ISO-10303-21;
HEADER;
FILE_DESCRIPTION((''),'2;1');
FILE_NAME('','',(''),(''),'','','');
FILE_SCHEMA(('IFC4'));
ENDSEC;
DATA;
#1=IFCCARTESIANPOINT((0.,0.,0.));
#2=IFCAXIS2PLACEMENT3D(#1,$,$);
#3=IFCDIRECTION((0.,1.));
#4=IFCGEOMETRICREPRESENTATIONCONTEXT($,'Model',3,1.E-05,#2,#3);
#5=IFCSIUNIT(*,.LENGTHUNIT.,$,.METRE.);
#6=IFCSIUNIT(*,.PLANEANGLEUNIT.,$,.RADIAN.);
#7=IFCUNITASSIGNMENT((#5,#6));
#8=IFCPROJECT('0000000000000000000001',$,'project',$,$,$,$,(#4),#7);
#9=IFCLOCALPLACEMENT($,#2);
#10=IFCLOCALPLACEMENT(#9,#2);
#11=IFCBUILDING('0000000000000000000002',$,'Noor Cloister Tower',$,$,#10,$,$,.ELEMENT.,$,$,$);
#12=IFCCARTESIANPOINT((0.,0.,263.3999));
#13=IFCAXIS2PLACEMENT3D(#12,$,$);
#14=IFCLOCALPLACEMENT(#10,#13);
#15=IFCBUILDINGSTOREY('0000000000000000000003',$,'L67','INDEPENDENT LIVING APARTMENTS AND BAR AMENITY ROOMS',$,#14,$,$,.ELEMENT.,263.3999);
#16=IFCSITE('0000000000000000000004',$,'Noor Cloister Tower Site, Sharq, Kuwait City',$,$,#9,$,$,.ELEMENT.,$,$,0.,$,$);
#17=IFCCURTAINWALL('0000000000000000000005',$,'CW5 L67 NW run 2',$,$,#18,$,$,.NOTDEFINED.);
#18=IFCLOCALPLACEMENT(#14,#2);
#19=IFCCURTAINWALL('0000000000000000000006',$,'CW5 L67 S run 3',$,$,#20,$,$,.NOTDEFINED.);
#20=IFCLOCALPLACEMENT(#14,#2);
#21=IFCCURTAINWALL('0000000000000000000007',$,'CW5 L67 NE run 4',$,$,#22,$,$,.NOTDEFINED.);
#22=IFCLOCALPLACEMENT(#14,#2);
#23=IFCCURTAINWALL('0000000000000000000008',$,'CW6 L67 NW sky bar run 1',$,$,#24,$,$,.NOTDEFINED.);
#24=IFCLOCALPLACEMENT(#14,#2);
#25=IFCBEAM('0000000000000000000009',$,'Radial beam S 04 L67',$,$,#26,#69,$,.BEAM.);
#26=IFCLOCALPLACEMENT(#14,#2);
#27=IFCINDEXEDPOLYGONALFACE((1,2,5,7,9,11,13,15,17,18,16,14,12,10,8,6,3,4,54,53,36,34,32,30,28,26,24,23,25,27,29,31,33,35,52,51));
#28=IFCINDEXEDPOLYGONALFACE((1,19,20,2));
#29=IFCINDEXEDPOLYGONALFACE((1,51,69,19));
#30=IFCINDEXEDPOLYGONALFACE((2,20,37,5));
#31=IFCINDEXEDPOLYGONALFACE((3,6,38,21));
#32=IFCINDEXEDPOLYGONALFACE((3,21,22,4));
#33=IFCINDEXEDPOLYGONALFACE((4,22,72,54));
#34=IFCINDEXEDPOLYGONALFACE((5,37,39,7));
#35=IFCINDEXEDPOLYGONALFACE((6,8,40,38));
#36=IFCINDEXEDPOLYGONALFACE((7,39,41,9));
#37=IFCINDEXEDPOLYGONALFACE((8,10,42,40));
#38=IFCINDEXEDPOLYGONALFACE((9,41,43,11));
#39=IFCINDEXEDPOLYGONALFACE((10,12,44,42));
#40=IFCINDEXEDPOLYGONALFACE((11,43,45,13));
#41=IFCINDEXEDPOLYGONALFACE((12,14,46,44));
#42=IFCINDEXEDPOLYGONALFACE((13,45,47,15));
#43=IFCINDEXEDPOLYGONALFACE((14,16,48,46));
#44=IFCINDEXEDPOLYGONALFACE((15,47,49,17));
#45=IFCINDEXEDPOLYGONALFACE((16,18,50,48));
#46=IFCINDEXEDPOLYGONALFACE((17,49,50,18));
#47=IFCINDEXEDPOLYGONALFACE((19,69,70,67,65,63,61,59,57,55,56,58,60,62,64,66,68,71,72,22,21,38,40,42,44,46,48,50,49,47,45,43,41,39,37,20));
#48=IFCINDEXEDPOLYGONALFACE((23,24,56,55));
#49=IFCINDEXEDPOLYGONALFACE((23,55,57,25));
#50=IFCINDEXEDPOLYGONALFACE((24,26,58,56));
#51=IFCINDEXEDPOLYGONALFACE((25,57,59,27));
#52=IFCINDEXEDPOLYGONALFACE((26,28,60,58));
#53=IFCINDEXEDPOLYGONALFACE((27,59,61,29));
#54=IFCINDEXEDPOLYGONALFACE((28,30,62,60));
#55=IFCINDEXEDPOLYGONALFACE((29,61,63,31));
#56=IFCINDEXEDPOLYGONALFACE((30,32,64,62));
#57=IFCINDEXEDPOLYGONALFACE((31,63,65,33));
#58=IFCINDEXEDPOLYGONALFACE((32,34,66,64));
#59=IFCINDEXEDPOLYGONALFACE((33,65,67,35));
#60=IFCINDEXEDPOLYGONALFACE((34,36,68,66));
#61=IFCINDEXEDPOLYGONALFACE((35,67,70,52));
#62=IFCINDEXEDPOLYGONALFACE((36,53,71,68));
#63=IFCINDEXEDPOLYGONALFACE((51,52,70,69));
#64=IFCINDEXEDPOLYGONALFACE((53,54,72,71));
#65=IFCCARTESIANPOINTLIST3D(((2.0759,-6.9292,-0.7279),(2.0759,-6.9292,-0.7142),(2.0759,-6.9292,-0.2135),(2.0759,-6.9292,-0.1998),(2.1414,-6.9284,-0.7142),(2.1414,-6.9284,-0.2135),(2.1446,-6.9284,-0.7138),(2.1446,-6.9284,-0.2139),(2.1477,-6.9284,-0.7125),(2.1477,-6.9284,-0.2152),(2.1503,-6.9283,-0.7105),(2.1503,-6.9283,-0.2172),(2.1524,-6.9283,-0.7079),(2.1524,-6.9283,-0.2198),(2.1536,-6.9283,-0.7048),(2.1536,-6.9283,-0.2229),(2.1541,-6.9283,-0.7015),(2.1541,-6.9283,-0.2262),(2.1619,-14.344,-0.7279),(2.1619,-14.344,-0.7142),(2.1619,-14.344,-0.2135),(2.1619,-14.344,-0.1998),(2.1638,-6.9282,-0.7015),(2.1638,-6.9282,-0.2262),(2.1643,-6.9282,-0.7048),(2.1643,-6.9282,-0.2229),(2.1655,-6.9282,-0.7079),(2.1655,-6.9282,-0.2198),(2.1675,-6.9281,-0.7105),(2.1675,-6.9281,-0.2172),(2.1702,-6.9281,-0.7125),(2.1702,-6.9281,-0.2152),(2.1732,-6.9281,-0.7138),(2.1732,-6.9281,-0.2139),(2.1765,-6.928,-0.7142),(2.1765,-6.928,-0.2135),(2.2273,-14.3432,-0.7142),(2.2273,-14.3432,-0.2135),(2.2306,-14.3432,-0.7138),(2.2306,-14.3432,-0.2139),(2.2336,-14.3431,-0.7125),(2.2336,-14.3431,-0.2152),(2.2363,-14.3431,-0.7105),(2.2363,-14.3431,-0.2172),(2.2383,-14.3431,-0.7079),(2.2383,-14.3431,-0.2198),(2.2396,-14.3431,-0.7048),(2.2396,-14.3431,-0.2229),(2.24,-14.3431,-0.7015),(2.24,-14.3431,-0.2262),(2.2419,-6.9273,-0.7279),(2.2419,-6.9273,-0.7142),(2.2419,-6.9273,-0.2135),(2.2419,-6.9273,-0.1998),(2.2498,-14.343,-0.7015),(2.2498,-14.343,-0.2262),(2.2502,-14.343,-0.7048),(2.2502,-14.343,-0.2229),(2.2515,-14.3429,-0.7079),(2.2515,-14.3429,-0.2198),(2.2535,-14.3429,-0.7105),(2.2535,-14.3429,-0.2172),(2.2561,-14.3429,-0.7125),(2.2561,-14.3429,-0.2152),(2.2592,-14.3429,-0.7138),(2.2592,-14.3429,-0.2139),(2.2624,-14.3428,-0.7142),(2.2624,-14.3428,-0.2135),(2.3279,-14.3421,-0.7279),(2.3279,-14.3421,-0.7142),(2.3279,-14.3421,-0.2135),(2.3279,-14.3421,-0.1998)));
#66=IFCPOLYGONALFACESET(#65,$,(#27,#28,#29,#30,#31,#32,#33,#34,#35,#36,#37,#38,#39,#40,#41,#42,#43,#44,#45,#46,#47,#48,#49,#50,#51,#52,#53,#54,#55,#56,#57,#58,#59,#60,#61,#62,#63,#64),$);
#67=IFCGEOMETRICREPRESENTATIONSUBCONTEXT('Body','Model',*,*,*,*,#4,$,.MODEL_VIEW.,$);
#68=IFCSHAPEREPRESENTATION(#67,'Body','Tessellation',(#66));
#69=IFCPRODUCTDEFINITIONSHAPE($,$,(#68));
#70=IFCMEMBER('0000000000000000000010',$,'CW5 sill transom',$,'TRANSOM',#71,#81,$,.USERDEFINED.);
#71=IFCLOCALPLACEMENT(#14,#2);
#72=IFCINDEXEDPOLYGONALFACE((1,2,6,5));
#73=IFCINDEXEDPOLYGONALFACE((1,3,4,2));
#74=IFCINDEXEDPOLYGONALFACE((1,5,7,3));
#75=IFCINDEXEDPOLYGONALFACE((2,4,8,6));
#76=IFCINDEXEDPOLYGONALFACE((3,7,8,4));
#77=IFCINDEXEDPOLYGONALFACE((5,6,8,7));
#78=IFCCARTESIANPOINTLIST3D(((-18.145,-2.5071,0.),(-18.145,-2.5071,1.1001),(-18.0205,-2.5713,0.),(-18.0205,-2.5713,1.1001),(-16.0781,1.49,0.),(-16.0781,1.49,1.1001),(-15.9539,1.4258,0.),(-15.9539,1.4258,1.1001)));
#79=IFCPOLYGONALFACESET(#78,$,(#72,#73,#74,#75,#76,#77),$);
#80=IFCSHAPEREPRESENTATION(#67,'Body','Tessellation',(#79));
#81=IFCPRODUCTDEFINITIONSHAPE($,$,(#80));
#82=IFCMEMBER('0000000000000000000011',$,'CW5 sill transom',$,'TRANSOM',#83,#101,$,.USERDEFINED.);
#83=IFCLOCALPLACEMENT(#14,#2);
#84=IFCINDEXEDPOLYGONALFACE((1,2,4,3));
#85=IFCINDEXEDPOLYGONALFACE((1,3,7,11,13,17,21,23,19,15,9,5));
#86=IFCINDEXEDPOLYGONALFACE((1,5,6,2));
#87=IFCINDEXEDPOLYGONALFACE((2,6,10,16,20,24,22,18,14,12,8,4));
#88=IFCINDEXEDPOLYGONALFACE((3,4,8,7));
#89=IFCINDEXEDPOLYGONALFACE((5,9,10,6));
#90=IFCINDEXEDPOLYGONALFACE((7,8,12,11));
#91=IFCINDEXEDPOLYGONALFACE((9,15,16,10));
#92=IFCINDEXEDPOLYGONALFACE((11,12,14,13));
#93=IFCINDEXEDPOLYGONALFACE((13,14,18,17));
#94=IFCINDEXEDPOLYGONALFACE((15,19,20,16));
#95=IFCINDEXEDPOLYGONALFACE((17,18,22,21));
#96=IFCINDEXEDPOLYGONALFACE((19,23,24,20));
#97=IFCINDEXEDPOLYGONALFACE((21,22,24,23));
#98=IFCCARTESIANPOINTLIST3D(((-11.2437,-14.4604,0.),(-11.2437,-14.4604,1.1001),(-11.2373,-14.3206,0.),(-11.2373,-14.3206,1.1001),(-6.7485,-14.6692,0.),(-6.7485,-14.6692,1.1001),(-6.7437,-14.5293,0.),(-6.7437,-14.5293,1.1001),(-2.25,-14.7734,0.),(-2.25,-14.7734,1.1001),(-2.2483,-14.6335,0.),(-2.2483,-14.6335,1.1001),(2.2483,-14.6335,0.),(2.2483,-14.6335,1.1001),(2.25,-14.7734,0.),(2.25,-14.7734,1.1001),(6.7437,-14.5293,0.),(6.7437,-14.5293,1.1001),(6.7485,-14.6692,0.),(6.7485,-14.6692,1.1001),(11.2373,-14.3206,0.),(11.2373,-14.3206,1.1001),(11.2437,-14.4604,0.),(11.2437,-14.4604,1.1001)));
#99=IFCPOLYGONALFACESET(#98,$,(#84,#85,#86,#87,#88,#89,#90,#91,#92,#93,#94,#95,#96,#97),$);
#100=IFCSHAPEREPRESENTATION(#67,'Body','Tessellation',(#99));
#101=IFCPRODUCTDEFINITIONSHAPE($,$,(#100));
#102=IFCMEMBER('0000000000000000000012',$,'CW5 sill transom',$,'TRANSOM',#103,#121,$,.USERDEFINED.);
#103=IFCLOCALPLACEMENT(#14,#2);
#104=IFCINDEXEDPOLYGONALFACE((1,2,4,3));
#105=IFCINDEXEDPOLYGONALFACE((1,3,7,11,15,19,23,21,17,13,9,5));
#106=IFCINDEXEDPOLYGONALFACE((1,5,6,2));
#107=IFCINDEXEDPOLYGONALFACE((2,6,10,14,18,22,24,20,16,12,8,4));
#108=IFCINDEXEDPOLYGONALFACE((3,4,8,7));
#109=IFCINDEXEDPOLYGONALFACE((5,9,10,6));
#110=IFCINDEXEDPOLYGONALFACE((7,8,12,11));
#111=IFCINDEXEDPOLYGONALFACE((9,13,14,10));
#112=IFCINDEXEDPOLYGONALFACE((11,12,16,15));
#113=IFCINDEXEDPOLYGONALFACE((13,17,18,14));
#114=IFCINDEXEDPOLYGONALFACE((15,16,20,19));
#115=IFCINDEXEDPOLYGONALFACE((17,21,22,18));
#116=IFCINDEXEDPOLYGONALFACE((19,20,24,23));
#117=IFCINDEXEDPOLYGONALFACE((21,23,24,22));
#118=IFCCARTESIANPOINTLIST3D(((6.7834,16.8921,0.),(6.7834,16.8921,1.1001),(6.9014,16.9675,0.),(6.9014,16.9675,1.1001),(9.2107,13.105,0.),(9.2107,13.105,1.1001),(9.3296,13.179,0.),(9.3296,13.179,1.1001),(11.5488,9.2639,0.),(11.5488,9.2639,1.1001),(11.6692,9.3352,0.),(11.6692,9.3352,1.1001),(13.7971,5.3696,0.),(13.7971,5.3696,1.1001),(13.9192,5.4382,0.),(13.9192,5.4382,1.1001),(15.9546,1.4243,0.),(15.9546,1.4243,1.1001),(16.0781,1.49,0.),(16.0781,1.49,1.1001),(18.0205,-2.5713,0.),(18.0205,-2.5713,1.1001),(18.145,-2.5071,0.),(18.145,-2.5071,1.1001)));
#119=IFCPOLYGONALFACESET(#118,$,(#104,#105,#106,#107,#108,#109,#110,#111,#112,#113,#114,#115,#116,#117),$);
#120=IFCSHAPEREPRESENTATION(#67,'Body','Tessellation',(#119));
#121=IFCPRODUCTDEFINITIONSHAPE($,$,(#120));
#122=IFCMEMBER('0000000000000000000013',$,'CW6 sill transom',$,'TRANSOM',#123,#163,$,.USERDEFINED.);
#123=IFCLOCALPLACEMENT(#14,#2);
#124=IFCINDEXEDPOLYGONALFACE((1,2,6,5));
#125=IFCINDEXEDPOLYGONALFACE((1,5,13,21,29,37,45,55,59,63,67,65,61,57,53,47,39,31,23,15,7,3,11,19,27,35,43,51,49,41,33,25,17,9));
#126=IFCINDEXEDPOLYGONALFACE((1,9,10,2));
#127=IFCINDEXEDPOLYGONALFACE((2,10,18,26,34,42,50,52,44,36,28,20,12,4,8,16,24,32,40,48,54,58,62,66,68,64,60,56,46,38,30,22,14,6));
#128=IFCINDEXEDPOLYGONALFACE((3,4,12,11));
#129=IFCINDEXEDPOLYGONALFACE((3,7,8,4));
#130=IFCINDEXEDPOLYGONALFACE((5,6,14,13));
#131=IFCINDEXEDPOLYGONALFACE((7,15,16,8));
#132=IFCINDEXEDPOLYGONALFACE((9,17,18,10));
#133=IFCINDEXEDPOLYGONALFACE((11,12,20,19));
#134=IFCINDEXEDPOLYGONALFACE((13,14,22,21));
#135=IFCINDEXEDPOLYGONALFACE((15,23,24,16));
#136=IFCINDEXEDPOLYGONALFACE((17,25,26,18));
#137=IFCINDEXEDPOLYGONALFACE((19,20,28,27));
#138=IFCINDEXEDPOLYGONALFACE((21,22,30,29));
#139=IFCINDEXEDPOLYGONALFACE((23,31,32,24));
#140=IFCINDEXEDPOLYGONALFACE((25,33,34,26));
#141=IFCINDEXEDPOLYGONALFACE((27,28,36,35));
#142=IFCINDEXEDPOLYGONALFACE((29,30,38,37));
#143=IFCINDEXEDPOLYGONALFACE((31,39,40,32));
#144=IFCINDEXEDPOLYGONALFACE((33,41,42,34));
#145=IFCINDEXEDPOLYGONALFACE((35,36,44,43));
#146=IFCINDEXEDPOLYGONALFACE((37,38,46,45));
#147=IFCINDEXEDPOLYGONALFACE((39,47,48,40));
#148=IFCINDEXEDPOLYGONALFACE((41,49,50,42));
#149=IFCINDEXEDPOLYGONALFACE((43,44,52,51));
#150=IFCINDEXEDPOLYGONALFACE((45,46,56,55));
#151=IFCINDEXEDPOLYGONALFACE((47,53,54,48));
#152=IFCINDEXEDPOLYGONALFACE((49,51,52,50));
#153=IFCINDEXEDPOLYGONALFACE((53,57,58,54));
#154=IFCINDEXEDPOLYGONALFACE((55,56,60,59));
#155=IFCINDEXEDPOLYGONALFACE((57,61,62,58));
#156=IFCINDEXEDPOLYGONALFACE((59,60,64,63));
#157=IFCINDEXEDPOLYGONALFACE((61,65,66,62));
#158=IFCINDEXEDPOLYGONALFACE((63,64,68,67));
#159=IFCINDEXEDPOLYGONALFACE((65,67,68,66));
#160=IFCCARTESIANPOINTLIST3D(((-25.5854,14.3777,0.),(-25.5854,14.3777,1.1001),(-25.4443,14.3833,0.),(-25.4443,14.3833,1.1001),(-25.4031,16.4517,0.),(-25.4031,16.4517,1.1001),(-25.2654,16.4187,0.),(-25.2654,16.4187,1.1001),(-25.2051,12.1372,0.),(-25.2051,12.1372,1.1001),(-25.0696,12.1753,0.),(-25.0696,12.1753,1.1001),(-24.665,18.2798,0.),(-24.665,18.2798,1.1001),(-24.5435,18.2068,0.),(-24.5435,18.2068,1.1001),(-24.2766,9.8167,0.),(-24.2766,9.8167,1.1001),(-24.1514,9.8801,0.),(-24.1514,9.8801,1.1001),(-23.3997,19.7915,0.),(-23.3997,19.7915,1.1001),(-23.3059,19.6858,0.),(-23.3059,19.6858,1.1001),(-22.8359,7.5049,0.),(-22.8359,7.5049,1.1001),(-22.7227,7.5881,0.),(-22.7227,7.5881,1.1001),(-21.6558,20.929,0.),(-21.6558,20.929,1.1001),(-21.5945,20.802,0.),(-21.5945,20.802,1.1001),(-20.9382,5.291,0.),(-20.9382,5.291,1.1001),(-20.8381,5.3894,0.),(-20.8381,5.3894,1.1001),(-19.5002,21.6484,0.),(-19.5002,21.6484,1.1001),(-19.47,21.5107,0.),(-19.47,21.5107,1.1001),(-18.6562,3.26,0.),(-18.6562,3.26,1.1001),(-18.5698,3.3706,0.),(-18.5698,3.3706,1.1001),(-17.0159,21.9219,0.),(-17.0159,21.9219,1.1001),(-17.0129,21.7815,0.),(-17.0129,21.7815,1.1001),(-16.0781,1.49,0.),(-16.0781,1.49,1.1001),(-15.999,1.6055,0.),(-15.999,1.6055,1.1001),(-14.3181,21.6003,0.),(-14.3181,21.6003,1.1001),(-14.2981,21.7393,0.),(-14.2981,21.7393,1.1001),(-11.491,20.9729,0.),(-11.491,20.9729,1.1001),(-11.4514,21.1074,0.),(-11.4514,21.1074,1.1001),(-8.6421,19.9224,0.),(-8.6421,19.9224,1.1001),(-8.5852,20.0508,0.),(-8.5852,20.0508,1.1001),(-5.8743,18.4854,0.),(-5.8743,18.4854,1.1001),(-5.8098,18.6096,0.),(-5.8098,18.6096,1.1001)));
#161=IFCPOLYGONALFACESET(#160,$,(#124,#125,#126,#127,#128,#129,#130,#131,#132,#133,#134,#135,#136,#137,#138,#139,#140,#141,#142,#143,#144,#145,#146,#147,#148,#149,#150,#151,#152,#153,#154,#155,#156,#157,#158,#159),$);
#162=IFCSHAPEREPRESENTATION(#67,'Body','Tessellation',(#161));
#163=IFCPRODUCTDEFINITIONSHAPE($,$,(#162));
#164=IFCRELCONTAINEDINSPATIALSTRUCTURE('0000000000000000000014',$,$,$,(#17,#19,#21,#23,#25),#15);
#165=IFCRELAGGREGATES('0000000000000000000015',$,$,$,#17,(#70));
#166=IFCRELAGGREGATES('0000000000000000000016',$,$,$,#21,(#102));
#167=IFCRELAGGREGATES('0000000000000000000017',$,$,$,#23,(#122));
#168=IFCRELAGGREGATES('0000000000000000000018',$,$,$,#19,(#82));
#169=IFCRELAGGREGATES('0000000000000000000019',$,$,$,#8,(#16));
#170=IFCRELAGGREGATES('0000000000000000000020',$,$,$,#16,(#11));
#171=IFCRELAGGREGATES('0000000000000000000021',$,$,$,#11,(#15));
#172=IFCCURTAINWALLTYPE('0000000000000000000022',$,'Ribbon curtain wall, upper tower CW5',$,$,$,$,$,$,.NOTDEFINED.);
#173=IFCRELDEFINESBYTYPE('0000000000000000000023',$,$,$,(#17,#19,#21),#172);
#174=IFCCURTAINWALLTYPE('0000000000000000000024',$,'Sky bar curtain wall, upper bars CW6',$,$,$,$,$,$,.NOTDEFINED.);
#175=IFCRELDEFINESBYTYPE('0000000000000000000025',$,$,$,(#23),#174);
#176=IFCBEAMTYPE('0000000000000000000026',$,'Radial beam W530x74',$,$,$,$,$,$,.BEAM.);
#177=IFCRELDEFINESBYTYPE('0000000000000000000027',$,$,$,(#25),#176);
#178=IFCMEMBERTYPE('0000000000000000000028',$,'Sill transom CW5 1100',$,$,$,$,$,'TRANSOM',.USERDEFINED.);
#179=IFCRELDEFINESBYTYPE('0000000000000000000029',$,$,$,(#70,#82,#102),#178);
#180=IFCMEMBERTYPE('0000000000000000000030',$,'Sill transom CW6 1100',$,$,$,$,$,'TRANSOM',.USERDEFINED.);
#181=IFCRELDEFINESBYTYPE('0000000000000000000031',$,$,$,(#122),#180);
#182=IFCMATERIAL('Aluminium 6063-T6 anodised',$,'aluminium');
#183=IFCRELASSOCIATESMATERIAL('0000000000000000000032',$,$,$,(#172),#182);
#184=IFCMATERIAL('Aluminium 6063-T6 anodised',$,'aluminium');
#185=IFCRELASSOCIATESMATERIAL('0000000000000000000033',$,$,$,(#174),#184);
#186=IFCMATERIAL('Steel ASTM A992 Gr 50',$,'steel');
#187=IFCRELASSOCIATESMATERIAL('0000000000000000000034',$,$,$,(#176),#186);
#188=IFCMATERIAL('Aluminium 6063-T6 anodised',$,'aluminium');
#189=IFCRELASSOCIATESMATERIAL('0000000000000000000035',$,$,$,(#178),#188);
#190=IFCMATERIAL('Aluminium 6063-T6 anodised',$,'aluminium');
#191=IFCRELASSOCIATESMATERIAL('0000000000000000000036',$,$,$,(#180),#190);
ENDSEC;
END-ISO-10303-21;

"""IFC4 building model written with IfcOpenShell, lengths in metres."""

from ifc_helpers import new_model, si_unit, direction, frame, origin, origin_2d, place, context, subcontext, project, spatial, polyline, i_section, outline, extrude, material, material_profile, profile_set, type_object, element, aggregate, save


model = new_model("IFC4")

# Units and contexts
model_context = context("Model", 3, precision=1e-05, world=origin(), true_north=direction((0.0, 1.0)))
body_context = subcontext(model_context, "Body", "Model", "MODEL_VIEW")
ifc_project = project(units=[si_unit("LENGTHUNIT", "METRE"), si_unit("PLANEANGLEUNIT", "RADIAN")], contexts=[model_context])

# Site, building, storey
site_placement = place(None, origin())
site = spatial("IfcSite", under=ifc_project, at=site_placement, Name="Noor Cloister Tower Site, Sharq, Kuwait City", CompositionType="ELEMENT", RefElevation=0.0)
building_placement = place(site_placement, origin())
building = spatial("IfcBuilding", under=site, at=building_placement, Name="Noor Cloister Tower", CompositionType="ELEMENT")
storey_placement = place(building_placement, frame((0.0, 0.0, 263.3999)))
storey = spatial("IfcBuildingStorey", under=building, at=storey_placement, Name="L67", Description="INDEPENDENT LIVING APARTMENTS AND BAR AMENITY ROOMS", CompositionType="ELEMENT", Elevation=263.3999)

# Curtain walls
ifc_material_1 = material(Name="Aluminium 6063-T6 anodised", Category="aluminium")
curtain_wall_type_1 = type_object("IfcCurtainWallType", Name="Ribbon curtain wall, upper tower CW5", PredefinedType="NOTDEFINED", material=ifc_material_1)
curtain_wall_1_placement = place(storey_placement, origin())
curtain_wall_1 = element("IfcCurtainWall", 1, at=curtain_wall_1_placement, inside=storey, type_object=curtain_wall_type_1, Name="CW5 L67 NW run 2", PredefinedType="NOTDEFINED")
curtain_wall_2_placement = place(storey_placement, origin())
curtain_wall_2 = element("IfcCurtainWall", 2, at=curtain_wall_2_placement, inside=storey, type_object=curtain_wall_type_1, Name="CW5 L67 S run 3", PredefinedType="NOTDEFINED")
curtain_wall_3_placement = place(storey_placement, origin())
curtain_wall_3 = element("IfcCurtainWall", 3, at=curtain_wall_3_placement, inside=storey, type_object=curtain_wall_type_1, Name="CW5 L67 NE run 4", PredefinedType="NOTDEFINED")
ifc_material_2 = material(Name="Aluminium 6063-T6 anodised", Category="aluminium")
curtain_wall_type_2 = type_object("IfcCurtainWallType", Name="Sky bar curtain wall, upper bars CW6", PredefinedType="NOTDEFINED", material=ifc_material_2)
curtain_wall_4_placement = place(storey_placement, origin())
curtain_wall_4 = element("IfcCurtainWall", 4, at=curtain_wall_4_placement, inside=storey, type_object=curtain_wall_type_2, Name="CW6 L67 NW sky bar run 1", PredefinedType="NOTDEFINED")

# Beam
ifc_material_3 = material(Name="Steel ASTM A992 Gr 50", Category="steel")
ifc_material_profile_1 = material_profile(ifc_material_3, i_section(OverallWidth=0.166, OverallDepth=0.5281, WebThickness=0.0098, FlangeThickness=0.0137, FilletRadius=0.0127, at=origin_2d()), Name="W530x74")
ifc_profile_set_1 = profile_set([ifc_material_profile_1], Name="Steel ASTM A992 Gr 50")
beam_type_1 = type_object("IfcBeamType", Name="Radial beam W530x74", PredefinedType="BEAM", material=ifc_profile_set_1)
for number, where, z_axis, x_axis, name in (
    (5, (2.2449, -14.343, -0.4639), (-0.011589, 0.999933, 0.0), (-0.999933, -0.011589, 0.0), "Radial beam S 04 L67"),
):
    element("IfcBeam", number, at=place(storey_placement, frame(where, z_axis=z_axis, x_axis=x_axis)), inside=storey, type_object=beam_type_1, Name=name, PredefinedType="BEAM", context=body_context, shape_type="SweptSolid", body=[
        extrude(i_section(OverallWidth=0.166, OverallDepth=0.5281, WebThickness=0.0098, FlangeThickness=0.0137, FilletRadius=0.0127, at=origin_2d()), origin(), (0.0, 0.0, 1.0), 7.4153),
    ])

# Members
ifc_material_4 = material(Name="Aluminium 6063-T6 anodised", Category="aluminium")
member_type_1 = type_object("IfcMemberType", Name="Sill transom CW5 1100", ElementType="TRANSOM", PredefinedType="USERDEFINED", material=ifc_material_4)
member_1_placement = place(storey_placement, origin())
member_1 = element("IfcMember", 6, at=member_1_placement, type_object=member_type_1, Name="CW5 sill transom", ObjectType="TRANSOM", PredefinedType="USERDEFINED", context=body_context, shape_type="SweptSolid", body=[
    extrude(outline(polyline([(-16.0781, 1.49), (-18.145, -2.5071), (-18.0205, -2.5713), (-15.9539, 1.4258), (-16.0781, 1.49)])), origin(), (0.0, 0.0, 1.0), 1.1001),
])
aggregate(curtain_wall_1, [member_1])
member_2_placement = place(storey_placement, origin())
member_2 = element("IfcMember", 7, at=member_2_placement, type_object=member_type_1, Name="CW5 sill transom", ObjectType="TRANSOM", PredefinedType="USERDEFINED", context=body_context, shape_type="SweptSolid", body=[
    extrude(outline(polyline([(-11.2437, -14.4604), (-6.7485, -14.6692), (-2.25, -14.7734), (2.25, -14.7734), (6.7485, -14.6692), (11.2437, -14.4604), (11.2373, -14.3206), (6.7437, -14.5293), (2.2483, -14.6335), (-2.2483, -14.6335), (-6.7437, -14.5293), (-11.2373, -14.3206), (-11.2437, -14.4604)])), origin(), (0.0, 0.0, 1.0), 1.1001),
])
member_3_placement = place(storey_placement, origin())
member_3 = element("IfcMember", 8, at=member_3_placement, type_object=member_type_1, Name="CW5 sill transom", ObjectType="TRANSOM", PredefinedType="USERDEFINED", context=body_context, shape_type="SweptSolid", body=[
    extrude(outline(polyline([(18.145, -2.5071), (16.0781, 1.49), (13.9192, 5.4382), (11.6692, 9.3352), (9.3296, 13.179), (6.9014, 16.9675), (6.7834, 16.8921), (9.2107, 13.105), (11.5488, 9.2639), (13.7971, 5.3696), (15.9546, 1.4243), (18.0205, -2.5713), (18.145, -2.5071)])), origin(), (0.0, 0.0, 1.0), 1.1001),
])
aggregate(curtain_wall_3, [member_3])
ifc_material_5 = material(Name="Aluminium 6063-T6 anodised", Category="aluminium")
member_type_2 = type_object("IfcMemberType", Name="Sill transom CW6 1100", ElementType="TRANSOM", PredefinedType="USERDEFINED", material=ifc_material_5)
member_4_placement = place(storey_placement, origin())
member_4 = element("IfcMember", 9, at=member_4_placement, type_object=member_type_2, Name="CW6 sill transom", ObjectType="TRANSOM", PredefinedType="USERDEFINED", context=body_context, shape_type="SweptSolid", body=[
    extrude(outline(polyline([(-5.8098, 18.6096), (-8.5852, 20.0508), (-11.4514, 21.1074), (-14.2981, 21.7393), (-17.0159, 21.9219), (-19.5002, 21.6484), (-21.6558, 20.929), (-23.3997, 19.7915), (-24.665, 18.2798), (-25.4031, 16.4517), (-25.5854, 14.3777), (-25.2051, 12.1372), (-24.2766, 9.8167), (-22.8359, 7.5049), (-20.9382, 5.291), (-18.6562, 3.26), (-16.0781, 1.49), (-15.999, 1.6055), (-18.5698, 3.3706), (-20.8381, 5.3894), (-22.7227, 7.5881), (-24.1514, 9.8801), (-25.0696, 12.1753), (-25.4443, 14.3833), (-25.2654, 16.4187), (-24.5435, 18.2068), (-23.3059, 19.6858), (-21.5945, 20.802), (-19.47, 21.5107), (-17.0129, 21.7815), (-14.3181, 21.6003), (-11.491, 20.9729), (-8.6421, 19.9224), (-5.8743, 18.4854), (-5.8098, 18.6096)])), origin(), (0.0, 0.0, 1.0), 1.1001),
])
aggregate(curtain_wall_4, [member_4])

aggregate(curtain_wall_2, [member_2])

save(model, "model.ifc")
